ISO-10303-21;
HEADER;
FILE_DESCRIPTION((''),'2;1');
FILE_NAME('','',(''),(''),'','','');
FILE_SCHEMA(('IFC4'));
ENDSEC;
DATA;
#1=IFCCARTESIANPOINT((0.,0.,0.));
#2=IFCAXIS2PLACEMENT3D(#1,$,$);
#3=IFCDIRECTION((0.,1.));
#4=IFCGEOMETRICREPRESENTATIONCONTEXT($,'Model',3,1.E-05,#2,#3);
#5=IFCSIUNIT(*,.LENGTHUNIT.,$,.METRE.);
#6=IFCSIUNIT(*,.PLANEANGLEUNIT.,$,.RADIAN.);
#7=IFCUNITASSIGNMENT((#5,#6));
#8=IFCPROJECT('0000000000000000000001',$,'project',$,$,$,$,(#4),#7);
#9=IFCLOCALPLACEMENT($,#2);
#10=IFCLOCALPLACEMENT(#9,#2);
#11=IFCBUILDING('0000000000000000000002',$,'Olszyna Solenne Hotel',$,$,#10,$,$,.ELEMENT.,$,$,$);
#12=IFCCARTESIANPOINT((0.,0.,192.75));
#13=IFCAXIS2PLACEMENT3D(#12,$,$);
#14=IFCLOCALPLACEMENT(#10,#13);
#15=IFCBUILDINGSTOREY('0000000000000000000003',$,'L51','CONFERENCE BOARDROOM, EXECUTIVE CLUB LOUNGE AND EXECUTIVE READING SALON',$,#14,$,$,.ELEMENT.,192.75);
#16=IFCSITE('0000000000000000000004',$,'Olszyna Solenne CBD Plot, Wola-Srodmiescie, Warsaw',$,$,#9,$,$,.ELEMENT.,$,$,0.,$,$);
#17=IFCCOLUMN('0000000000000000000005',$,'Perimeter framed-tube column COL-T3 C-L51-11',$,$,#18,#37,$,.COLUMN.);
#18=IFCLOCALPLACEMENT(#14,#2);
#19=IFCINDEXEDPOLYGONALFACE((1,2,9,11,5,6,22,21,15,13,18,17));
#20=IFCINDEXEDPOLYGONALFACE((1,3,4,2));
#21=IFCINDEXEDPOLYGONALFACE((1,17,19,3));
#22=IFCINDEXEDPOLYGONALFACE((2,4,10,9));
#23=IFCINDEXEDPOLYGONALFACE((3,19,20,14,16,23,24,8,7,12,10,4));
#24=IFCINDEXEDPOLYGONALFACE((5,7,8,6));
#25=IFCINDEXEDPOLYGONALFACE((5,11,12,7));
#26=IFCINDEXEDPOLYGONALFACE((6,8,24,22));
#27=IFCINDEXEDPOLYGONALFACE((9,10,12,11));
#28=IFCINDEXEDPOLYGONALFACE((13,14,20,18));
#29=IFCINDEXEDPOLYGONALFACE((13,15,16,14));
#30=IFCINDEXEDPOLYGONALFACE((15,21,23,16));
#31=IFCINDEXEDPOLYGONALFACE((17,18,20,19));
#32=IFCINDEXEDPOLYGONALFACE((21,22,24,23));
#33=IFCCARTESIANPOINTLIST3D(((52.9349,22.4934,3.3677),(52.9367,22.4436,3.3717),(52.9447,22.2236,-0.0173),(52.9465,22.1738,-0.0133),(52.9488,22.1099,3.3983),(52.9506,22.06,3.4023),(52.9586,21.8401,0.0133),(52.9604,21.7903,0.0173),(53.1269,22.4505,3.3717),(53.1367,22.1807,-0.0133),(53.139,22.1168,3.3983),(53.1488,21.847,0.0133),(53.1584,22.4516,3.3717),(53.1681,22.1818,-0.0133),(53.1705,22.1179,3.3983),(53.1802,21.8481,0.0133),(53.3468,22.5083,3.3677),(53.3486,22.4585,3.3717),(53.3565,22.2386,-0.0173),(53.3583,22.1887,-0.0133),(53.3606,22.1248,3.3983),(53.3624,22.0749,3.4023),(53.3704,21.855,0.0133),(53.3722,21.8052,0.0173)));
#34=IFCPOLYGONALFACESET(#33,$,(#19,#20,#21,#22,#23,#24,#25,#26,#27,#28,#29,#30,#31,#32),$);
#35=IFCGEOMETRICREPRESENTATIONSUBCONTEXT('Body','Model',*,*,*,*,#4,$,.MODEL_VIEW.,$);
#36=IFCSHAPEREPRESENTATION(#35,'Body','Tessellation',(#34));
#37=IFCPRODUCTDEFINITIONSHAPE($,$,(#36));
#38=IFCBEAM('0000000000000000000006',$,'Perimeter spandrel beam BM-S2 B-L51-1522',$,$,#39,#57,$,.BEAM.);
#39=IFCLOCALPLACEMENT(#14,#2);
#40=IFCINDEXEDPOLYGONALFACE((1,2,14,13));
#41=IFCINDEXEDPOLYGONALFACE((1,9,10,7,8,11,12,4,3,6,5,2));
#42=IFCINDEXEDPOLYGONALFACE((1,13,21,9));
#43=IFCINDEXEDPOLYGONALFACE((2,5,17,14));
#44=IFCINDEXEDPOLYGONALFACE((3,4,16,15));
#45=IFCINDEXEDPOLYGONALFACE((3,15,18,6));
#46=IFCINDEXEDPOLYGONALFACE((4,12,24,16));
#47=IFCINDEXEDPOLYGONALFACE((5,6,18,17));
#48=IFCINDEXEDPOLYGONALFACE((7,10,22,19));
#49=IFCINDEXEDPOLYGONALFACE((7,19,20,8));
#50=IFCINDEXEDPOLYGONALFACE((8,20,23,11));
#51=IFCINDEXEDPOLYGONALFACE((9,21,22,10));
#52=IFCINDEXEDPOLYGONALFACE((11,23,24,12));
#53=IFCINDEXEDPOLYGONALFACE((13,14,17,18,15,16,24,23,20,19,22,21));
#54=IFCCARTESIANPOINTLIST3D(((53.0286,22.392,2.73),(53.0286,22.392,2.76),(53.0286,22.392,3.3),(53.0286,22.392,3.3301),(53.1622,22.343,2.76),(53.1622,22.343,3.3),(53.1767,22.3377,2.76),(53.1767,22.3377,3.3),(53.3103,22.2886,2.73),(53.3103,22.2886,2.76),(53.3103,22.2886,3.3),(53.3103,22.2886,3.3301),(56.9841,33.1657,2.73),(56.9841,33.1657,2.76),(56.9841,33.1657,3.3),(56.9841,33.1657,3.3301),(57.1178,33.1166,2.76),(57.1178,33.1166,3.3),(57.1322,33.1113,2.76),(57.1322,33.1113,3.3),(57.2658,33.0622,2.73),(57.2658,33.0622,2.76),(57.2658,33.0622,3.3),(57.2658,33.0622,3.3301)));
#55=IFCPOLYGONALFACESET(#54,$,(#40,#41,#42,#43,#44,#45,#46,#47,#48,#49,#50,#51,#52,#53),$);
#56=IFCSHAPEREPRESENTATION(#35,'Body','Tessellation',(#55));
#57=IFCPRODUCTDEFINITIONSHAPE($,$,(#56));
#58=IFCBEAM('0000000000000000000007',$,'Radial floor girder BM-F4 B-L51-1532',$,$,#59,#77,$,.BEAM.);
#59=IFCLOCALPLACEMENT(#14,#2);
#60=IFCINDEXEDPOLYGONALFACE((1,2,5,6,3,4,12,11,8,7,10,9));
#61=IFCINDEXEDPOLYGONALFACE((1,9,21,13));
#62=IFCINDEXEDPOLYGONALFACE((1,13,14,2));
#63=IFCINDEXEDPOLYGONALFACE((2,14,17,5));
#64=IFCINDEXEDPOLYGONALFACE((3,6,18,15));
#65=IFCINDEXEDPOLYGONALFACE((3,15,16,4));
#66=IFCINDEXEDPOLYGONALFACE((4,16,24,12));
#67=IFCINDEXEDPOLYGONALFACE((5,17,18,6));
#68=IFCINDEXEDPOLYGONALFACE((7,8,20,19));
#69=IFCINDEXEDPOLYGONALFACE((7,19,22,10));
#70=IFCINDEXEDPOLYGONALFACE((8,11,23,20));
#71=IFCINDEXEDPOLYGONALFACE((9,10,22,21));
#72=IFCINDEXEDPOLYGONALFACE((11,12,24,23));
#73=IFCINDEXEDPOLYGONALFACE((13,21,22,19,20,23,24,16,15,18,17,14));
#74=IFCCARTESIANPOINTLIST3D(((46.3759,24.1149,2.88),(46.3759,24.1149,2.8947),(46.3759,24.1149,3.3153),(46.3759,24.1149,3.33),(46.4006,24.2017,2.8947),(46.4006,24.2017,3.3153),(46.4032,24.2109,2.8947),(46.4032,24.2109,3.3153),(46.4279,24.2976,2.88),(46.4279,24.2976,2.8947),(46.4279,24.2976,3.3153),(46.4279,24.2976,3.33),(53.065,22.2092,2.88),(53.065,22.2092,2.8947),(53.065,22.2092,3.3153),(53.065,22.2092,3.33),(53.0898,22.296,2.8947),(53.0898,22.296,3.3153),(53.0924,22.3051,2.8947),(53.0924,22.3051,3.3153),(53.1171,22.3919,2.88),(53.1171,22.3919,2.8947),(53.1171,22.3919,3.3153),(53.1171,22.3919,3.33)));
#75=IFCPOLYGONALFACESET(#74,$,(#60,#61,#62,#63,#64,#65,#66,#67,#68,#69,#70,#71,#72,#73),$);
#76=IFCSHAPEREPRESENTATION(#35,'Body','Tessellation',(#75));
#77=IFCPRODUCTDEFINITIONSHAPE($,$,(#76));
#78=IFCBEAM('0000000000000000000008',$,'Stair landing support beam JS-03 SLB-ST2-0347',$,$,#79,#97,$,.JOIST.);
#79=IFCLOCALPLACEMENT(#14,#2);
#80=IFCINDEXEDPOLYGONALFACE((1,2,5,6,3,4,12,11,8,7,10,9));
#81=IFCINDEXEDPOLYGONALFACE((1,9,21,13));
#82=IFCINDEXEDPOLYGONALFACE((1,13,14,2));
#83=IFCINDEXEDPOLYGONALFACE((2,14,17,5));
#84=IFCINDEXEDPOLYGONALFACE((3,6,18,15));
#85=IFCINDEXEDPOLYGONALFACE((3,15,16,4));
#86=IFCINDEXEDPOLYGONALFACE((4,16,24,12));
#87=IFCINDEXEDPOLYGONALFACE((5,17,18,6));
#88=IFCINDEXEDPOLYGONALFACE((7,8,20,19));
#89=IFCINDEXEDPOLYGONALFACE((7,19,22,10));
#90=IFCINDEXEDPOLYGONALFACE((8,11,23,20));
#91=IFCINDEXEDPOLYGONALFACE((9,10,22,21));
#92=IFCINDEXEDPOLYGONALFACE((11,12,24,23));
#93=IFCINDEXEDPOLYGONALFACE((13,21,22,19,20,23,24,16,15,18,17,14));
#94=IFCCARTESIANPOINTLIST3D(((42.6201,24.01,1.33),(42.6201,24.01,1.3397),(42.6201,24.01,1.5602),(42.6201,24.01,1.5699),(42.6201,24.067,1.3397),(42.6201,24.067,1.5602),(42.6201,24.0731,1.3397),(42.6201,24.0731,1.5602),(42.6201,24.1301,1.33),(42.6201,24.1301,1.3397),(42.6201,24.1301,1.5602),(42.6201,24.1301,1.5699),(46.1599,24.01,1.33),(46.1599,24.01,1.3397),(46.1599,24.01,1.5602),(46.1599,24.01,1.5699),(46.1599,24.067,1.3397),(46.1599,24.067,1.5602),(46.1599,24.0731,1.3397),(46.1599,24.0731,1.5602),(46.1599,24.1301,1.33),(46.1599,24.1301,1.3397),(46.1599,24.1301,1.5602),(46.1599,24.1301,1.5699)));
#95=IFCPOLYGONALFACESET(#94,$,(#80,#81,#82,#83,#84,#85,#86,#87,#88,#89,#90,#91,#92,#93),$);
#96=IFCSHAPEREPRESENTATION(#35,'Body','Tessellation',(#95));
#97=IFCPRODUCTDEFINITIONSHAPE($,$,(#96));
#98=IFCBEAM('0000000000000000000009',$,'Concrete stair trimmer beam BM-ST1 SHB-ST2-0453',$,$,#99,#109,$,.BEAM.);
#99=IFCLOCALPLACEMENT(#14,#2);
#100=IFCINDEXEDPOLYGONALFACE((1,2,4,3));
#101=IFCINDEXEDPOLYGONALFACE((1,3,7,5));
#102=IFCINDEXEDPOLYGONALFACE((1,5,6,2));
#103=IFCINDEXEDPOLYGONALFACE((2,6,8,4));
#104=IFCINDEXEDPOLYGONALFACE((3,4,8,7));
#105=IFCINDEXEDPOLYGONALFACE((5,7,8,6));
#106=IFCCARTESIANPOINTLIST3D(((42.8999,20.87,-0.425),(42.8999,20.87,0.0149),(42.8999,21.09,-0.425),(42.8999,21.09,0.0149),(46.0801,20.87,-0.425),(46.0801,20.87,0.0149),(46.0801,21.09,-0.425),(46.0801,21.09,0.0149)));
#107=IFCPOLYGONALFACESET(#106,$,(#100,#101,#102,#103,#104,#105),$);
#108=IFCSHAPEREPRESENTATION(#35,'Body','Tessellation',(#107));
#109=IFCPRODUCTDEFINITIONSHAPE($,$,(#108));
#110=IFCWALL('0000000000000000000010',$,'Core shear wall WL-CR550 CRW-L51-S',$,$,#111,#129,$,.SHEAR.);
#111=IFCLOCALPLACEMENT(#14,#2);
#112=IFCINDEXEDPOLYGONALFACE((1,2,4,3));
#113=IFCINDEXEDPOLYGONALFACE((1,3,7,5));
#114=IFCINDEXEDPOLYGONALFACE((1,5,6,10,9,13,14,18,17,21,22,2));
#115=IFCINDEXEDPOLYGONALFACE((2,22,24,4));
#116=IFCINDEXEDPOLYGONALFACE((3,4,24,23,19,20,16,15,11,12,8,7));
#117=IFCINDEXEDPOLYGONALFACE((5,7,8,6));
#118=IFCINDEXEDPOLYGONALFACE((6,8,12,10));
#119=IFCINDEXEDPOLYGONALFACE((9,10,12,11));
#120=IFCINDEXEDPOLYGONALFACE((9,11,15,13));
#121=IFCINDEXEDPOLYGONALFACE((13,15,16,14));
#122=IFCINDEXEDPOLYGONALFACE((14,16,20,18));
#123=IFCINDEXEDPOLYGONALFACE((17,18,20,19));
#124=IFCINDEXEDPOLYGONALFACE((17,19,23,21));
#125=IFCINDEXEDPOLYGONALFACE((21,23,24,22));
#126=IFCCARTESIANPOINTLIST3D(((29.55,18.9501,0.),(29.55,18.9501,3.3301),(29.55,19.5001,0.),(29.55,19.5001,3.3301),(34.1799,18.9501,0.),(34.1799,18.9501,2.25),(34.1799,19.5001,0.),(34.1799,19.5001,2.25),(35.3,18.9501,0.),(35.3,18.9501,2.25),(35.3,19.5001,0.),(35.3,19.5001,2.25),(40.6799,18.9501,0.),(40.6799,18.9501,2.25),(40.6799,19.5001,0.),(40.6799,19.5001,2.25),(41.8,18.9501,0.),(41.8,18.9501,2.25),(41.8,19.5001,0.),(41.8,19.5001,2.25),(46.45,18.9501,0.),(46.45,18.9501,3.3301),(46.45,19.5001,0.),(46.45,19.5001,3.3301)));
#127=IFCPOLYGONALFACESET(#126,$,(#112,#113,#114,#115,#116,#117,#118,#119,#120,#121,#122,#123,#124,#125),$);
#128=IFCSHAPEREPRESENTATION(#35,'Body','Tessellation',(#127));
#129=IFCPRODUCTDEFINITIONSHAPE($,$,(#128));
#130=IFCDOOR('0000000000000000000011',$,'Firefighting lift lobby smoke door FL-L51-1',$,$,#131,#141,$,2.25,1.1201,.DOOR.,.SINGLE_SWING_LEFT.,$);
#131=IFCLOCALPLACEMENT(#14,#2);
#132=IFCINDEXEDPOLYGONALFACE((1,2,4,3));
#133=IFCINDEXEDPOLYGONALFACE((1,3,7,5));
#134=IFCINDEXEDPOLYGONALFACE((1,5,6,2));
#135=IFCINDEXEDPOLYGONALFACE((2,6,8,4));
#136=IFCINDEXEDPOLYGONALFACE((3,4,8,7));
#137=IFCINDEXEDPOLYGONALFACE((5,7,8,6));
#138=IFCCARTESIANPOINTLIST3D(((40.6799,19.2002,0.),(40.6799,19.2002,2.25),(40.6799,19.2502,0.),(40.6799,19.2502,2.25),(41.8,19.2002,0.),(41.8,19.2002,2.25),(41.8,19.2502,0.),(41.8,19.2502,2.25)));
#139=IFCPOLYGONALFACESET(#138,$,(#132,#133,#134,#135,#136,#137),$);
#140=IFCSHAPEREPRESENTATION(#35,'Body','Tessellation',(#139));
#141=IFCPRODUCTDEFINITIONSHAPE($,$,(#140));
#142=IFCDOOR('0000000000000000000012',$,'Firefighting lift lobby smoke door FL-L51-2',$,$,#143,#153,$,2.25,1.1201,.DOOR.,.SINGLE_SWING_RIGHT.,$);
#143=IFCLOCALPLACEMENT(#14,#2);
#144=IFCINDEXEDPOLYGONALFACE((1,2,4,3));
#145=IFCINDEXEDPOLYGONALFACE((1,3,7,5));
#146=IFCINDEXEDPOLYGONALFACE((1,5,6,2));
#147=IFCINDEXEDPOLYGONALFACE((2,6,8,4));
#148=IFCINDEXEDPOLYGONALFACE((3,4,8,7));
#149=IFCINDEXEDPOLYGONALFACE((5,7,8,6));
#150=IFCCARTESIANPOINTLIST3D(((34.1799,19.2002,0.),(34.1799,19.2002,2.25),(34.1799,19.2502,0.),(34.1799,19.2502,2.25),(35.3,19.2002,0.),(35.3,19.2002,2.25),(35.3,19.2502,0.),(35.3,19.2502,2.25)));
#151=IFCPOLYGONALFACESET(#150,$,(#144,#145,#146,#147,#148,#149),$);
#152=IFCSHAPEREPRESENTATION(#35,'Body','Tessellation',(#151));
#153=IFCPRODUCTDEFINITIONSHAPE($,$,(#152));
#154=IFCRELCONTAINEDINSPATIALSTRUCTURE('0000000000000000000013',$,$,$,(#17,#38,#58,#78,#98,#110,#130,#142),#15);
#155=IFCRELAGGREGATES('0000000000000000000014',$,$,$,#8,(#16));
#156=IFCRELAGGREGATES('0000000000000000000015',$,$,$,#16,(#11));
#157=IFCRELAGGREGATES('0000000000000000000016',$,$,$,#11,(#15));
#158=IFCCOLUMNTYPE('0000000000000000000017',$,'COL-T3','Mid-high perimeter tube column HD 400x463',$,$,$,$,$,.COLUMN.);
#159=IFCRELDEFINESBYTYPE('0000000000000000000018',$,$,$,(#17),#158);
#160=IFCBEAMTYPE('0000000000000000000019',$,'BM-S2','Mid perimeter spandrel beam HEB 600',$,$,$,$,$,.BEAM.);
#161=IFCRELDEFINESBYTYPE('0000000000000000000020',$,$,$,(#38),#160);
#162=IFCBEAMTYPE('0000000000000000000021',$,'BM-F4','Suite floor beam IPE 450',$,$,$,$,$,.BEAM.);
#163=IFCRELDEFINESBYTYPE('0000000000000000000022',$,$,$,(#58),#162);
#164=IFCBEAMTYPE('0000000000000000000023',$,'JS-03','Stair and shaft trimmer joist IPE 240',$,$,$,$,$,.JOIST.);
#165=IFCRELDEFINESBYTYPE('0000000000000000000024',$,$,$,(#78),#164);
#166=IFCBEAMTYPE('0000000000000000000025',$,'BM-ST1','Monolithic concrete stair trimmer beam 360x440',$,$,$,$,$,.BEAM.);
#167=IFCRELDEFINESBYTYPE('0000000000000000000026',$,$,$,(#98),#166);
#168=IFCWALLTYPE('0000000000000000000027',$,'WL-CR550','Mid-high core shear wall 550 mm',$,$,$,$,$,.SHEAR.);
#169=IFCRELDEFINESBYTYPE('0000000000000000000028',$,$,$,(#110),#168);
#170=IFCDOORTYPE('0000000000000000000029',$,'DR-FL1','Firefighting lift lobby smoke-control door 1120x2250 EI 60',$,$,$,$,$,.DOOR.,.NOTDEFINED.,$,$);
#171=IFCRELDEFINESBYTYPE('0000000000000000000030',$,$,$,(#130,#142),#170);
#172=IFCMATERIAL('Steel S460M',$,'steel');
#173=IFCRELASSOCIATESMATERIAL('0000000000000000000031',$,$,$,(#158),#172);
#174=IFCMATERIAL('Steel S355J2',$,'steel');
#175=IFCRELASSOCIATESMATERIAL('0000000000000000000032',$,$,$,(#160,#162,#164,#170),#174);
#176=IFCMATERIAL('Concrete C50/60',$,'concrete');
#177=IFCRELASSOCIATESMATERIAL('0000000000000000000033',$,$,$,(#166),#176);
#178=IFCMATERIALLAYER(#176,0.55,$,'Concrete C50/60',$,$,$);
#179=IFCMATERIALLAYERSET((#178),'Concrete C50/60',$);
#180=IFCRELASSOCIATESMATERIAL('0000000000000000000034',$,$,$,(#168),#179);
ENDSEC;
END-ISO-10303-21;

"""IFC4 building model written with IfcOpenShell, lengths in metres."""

from ifc_helpers import new_model, si_unit, direction, frame, frame_2d, origin, origin_2d, place, context, subcontext, project, spatial, rectangle, i_section, extrude, source, transform, mapped, material, layer, layer_set, material_profile, profile_set, type_object, type_shapes, element, fill, save


model = new_model("IFC4")

# Units and contexts
model_context = context("Model", 3, precision=1e-05, world=origin(), true_north=direction((0.0, 1.0)))
body_context = subcontext(model_context, "Body", "Model", "MODEL_VIEW")
ifc_project = project(units=[si_unit("LENGTHUNIT", "METRE"), si_unit("PLANEANGLEUNIT", "RADIAN")], contexts=[model_context])

# Site, building, storey
site_placement = place(None, origin())
site = spatial("IfcSite", under=ifc_project, at=site_placement, Name="Olszyna Solenne CBD Plot, Wola-Srodmiescie, Warsaw", CompositionType="ELEMENT", RefElevation=0.0)
building_placement = place(site_placement, origin())
building = spatial("IfcBuilding", under=site, at=building_placement, Name="Olszyna Solenne Hotel", CompositionType="ELEMENT")
storey_placement = place(building_placement, frame((0.0, 0.0, 192.75)))
storey = spatial("IfcBuildingStorey", under=building, at=storey_placement, Name="L51", Description="CONFERENCE BOARDROOM, EXECUTIVE CLUB LOUNGE AND EXECUTIVE READING SALON", CompositionType="ELEMENT", Elevation=192.75)

# Column
ifc_material_1 = material(Name="Steel S460M", Category="steel")
ifc_material_profile_1 = material_profile(ifc_material_1, i_section(OverallWidth=0.4121, OverallDepth=0.4351, WebThickness=0.0315, FlangeThickness=0.05, at=origin_2d()), Name="HD 400x463", Category="load-bearing")
ifc_profile_set_1 = profile_set([ifc_material_profile_1], Name="Steel S460M")
column_type = type_object("IfcColumnType", Name="COL-T3", Description="Mid-high perimeter tube column HD 400x463", PredefinedType="COLUMN", material=ifc_profile_set_1)
shared_shape_1 = source(origin(), body_context, "Body", "SweptSolid", [
    extrude(i_section(OverallWidth=0.4121, OverallDepth=0.4351, WebThickness=0.0315, FlangeThickness=0.05, at=origin_2d()), origin(), (0.0, 0.0, 1.0), 3.3958),
])
column_placement = place(storey_placement, frame((53.1584, 22.0144, 0.0), z_axis=(-0.002876, 0.079445, 0.996835), x_axis=(-0.999345, -0.036175, 0.0)))
element("IfcColumn", 1, at=column_placement, inside=storey, type_object=column_type, Name="Perimeter framed-tube column COL-T3 C-L51-11", PredefinedType="COLUMN", context=body_context, shape_type="MappedRepresentation", body=[
    mapped(shared_shape_1, transform((0.0, 0.0, 0.0), x_axis=(1.0, 0.0, 0.0), y_axis=(0.0, 1.0, 0.0), z_axis=(0.0, 0.0, 1.0), scale=1.0)),
])

# Beams
ifc_material_2 = material(Name="Steel S355J2", Category="steel")
ifc_material_profile_2 = material_profile(ifc_material_2, i_section(OverallWidth=0.3, OverallDepth=0.6001, WebThickness=0.0154, FlangeThickness=0.03, at=origin_2d()), Name="HEB 600", Category="load-bearing")
ifc_profile_set_2 = profile_set([ifc_material_profile_2], Name="Steel S355J2")
beam_type_1 = type_object("IfcBeamType", Name="BM-S2", Description="Mid perimeter spandrel beam HEB 600", PredefinedType="BEAM", material=ifc_profile_set_2)
shared_shape_2 = source(origin(), body_context, "Body", "SweptSolid", [
    extrude(i_section(OverallWidth=0.3, OverallDepth=0.6001, WebThickness=0.0154, FlangeThickness=0.03, at=origin_2d()), origin(), (0.0, 0.0, 1.0), 11.4768),
])
beam_1_placement = place(storey_placement, frame((53.1694, 22.3403, 3.03), z_axis=(0.344655, 0.938729, 0.0), x_axis=(-0.938729, 0.344655, 0.0)))
element("IfcBeam", 2, at=beam_1_placement, inside=storey, type_object=beam_type_1, Name="Perimeter spandrel beam BM-S2 B-L51-1522", PredefinedType="BEAM", context=body_context, shape_type="MappedRepresentation", body=[
    mapped(shared_shape_2, transform((0.0, 0.0, 0.0), x_axis=(1.0, 0.0, 0.0), y_axis=(0.0, 1.0, 0.0), z_axis=(0.0, 0.0, 1.0), scale=1.0)),
])
ifc_material_profile_3 = material_profile(ifc_material_2, i_section(OverallWidth=0.1899, OverallDepth=0.45, WebThickness=0.0095, FlangeThickness=0.0146, at=origin_2d()), Name="IPE 450", Category="load-bearing")
ifc_profile_set_3 = profile_set([ifc_material_profile_3], Name="Steel S355J2")
beam_type_2 = type_object("IfcBeamType", Name="BM-F4", Description="Suite floor beam IPE 450", PredefinedType="BEAM", material=ifc_profile_set_3)
shared_shape_3 = source(origin(), body_context, "Body", "SweptSolid", [
    extrude(i_section(OverallWidth=0.1899, OverallDepth=0.45, WebThickness=0.0095, FlangeThickness=0.0146, at=origin_2d()), origin(), (0.0, 0.0, 1.0), 6.9553),
])
beam_2_placement = place(storey_placement, frame((53.0911, 22.3005, 3.105), z_axis=(-0.96173, 0.273998, 0.0), x_axis=(-0.273998, -0.96173, 0.0)))
element("IfcBeam", 3, at=beam_2_placement, inside=storey, type_object=beam_type_2, Name="Radial floor girder BM-F4 B-L51-1532", PredefinedType="BEAM", context=body_context, shape_type="MappedRepresentation", body=[
    mapped(shared_shape_3, transform((0.0, 0.0, 0.0), x_axis=(1.0, 0.0, 0.0), y_axis=(0.0, 1.0, 0.0), z_axis=(0.0, 0.0, 1.0), scale=1.0)),
])
ifc_material_profile_4 = material_profile(ifc_material_2, i_section(OverallWidth=0.1201, OverallDepth=0.24, WebThickness=0.0061, FlangeThickness=0.0098, at=origin_2d()), Name="IPE 240", Category="load-bearing")
ifc_profile_set_4 = profile_set([ifc_material_profile_4], Name="Steel S355J2")
beam_type_3 = type_object("IfcBeamType", Name="JS-03", Description="Stair and shaft trimmer joist IPE 240", PredefinedType="JOIST", material=ifc_profile_set_4)
shared_shape_4 = source(origin(), body_context, "Body", "SweptSolid", [
    extrude(i_section(OverallWidth=0.1201, OverallDepth=0.24, WebThickness=0.0061, FlangeThickness=0.0098, at=origin_2d()), origin(), (0.0, 0.0, 1.0), 3.5398),
])
beam_3_placement = place(storey_placement, frame((46.1599, 24.0701, 1.45), z_axis=(-1.0, 0.0, 0.0), x_axis=(0.0, -1.0, 0.0)))
element("IfcBeam", 4, at=beam_3_placement, inside=storey, type_object=beam_type_3, Name="Stair landing support beam JS-03 SLB-ST2-0347", PredefinedType="JOIST", context=body_context, shape_type="MappedRepresentation", body=[
    mapped(shared_shape_4, transform((0.0, 0.0, 0.0), x_axis=(1.0, 0.0, 0.0), y_axis=(0.0, 1.0, 0.0), z_axis=(0.0, 0.0, 1.0), scale=1.0)),
])
ifc_material_3 = material(Name="Concrete C50/60", Category="concrete")
ifc_material_profile_5 = material_profile(ifc_material_3, rectangle(XDim=0.22, YDim=0.4399, at=origin_2d()), Name="RC 220x440", Category="load-bearing")
ifc_profile_set_5 = profile_set([ifc_material_profile_5], Name="Concrete C50/60")
beam_type_4 = type_object("IfcBeamType", Name="BM-ST1", Description="Monolithic concrete stair trimmer beam 360x440", PredefinedType="BEAM", material=ifc_profile_set_5)
shared_shape_5 = source(origin(), body_context, "Body", "SweptSolid", [
    extrude(rectangle(XDim=0.22, YDim=0.4399, at=origin_2d()), origin(), (0.0, 0.0, 1.0), 3.1802),
])
beam_4_placement = place(storey_placement, frame((46.0801, 20.98, -0.2051), z_axis=(-1.0, 0.0, 0.0), x_axis=(0.0, -1.0, 0.0)))
element("IfcBeam", 5, at=beam_4_placement, inside=storey, type_object=beam_type_4, Name="Concrete stair trimmer beam BM-ST1 SHB-ST2-0453", PredefinedType="BEAM", context=body_context, shape_type="MappedRepresentation", body=[
    mapped(shared_shape_5, transform((0.0, 0.0, 0.0), x_axis=(1.0, 0.0, 0.0), y_axis=(0.0, 1.0, 0.0), z_axis=(0.0, 0.0, 1.0), scale=1.0)),
])

# Wall, openings, doors
ifc_layer_1 = layer(ifc_material_3, 0.55, Name="Concrete C50/60")
ifc_layer_set_1 = layer_set([ifc_layer_1], Name="Concrete C50/60")
wall_type_1 = type_object("IfcWallType", Name="WL-CR550", Description="Mid-high core shear wall 550 mm", PredefinedType="SHEAR", material=ifc_layer_set_1)
wall_1_placement = place(storey_placement, frame((46.45, 19.2251, 0.0), z_axis=(0.0, 0.0, 1.0), x_axis=(-1.0, 0.0, 0.0)))
wall_1 = element("IfcWall", 6, at=wall_1_placement, inside=storey, type_object=wall_type_1, Name="Core shear wall WL-CR550 CRW-L51-S", PredefinedType="SHEAR", context=body_context, shape_type="SweptSolid", body=[
    extrude(rectangle(XDim=16.8999, YDim=0.55, at=frame_2d((8.45, 0.0))), origin(), (0.0, 0.0, 1.0), 3.3301),
])
opening_1_placement = place(wall_1_placement, frame((4.6499, 0.0, 0.0)))
opening_1 = element("IfcOpeningElement", 7, at=opening_1_placement, cuts=wall_1, PredefinedType="OPENING", context=body_context, shape_type="SweptSolid", body=[
    extrude(rectangle(XDim=1.1201, YDim=2.25, at=frame_2d((0.5601, 1.125))), frame((0.0, 0.2852, 0.0), z_axis=(0.0, -1.0, 0.0), x_axis=(1.0, 0.0, 0.0)), (0.0, 0.0, 1.0), 0.5701),
])
opening_2_placement = place(wall_1_placement, frame((11.1499, 0.0, 0.0)))
opening_2 = element("IfcOpeningElement", 8, at=opening_2_placement, cuts=wall_1, PredefinedType="OPENING", context=body_context, shape_type="SweptSolid", body=[
    extrude(rectangle(XDim=1.1201, YDim=2.25, at=frame_2d((0.5601, 1.125))), frame((0.0, 0.2852, 0.0), z_axis=(0.0, -1.0, 0.0), x_axis=(1.0, 0.0, 0.0)), (0.0, 0.0, 1.0), 0.5701),
])
door_type_1 = type_object("IfcDoorType", Name="DR-FL1", Description="Firefighting lift lobby smoke-control door 1120x2250 EI 60", OperationType="NOTDEFINED", PredefinedType="DOOR", material=ifc_material_2)
shared_shape_6 = source(origin(), body_context, "Body", "SweptSolid", [
    extrude(rectangle(XDim=1.1201, YDim=2.25, at=frame_2d((0.5601, 1.125))), frame((0.0, 0.0249, 0.0), z_axis=(0.0, -1.0, 0.0), x_axis=(1.0, 0.0, 0.0)), (0.0, 0.0, 1.0), 0.05),
])
type_shapes(door_type_1, [shared_shape_6])
door_1_placement = place(opening_1_placement, origin())
door_1 = element("IfcDoor", 9, at=door_1_placement, inside=storey, type_object=door_type_1, Name="Firefighting lift lobby smoke door FL-L51-1", OperationType="SINGLE_SWING_LEFT", OverallHeight=2.25, OverallWidth=1.1201, PredefinedType="DOOR", context=body_context, shape_type="MappedRepresentation", body=[
    mapped(shared_shape_6, transform((0.0, 0.0, 0.0), x_axis=(1.0, 0.0, 0.0), y_axis=(0.0, 1.0, 0.0), z_axis=(0.0, 0.0, 1.0), scale=1.0)),
])
fill(opening_1, door_1)
door_2_placement = place(opening_2_placement, origin())
door_2 = element("IfcDoor", 10, at=door_2_placement, inside=storey, type_object=door_type_1, Name="Firefighting lift lobby smoke door FL-L51-2", OperationType="SINGLE_SWING_RIGHT", OverallHeight=2.25, OverallWidth=1.1201, PredefinedType="DOOR", context=body_context, shape_type="MappedRepresentation", body=[
    mapped(shared_shape_6, transform((0.0, 0.0, 0.0), x_axis=(1.0, 0.0, 0.0), y_axis=(0.0, 1.0, 0.0), z_axis=(0.0, 0.0, 1.0), scale=1.0)),
])
fill(opening_2, door_2)

save(model, "model.ifc")
